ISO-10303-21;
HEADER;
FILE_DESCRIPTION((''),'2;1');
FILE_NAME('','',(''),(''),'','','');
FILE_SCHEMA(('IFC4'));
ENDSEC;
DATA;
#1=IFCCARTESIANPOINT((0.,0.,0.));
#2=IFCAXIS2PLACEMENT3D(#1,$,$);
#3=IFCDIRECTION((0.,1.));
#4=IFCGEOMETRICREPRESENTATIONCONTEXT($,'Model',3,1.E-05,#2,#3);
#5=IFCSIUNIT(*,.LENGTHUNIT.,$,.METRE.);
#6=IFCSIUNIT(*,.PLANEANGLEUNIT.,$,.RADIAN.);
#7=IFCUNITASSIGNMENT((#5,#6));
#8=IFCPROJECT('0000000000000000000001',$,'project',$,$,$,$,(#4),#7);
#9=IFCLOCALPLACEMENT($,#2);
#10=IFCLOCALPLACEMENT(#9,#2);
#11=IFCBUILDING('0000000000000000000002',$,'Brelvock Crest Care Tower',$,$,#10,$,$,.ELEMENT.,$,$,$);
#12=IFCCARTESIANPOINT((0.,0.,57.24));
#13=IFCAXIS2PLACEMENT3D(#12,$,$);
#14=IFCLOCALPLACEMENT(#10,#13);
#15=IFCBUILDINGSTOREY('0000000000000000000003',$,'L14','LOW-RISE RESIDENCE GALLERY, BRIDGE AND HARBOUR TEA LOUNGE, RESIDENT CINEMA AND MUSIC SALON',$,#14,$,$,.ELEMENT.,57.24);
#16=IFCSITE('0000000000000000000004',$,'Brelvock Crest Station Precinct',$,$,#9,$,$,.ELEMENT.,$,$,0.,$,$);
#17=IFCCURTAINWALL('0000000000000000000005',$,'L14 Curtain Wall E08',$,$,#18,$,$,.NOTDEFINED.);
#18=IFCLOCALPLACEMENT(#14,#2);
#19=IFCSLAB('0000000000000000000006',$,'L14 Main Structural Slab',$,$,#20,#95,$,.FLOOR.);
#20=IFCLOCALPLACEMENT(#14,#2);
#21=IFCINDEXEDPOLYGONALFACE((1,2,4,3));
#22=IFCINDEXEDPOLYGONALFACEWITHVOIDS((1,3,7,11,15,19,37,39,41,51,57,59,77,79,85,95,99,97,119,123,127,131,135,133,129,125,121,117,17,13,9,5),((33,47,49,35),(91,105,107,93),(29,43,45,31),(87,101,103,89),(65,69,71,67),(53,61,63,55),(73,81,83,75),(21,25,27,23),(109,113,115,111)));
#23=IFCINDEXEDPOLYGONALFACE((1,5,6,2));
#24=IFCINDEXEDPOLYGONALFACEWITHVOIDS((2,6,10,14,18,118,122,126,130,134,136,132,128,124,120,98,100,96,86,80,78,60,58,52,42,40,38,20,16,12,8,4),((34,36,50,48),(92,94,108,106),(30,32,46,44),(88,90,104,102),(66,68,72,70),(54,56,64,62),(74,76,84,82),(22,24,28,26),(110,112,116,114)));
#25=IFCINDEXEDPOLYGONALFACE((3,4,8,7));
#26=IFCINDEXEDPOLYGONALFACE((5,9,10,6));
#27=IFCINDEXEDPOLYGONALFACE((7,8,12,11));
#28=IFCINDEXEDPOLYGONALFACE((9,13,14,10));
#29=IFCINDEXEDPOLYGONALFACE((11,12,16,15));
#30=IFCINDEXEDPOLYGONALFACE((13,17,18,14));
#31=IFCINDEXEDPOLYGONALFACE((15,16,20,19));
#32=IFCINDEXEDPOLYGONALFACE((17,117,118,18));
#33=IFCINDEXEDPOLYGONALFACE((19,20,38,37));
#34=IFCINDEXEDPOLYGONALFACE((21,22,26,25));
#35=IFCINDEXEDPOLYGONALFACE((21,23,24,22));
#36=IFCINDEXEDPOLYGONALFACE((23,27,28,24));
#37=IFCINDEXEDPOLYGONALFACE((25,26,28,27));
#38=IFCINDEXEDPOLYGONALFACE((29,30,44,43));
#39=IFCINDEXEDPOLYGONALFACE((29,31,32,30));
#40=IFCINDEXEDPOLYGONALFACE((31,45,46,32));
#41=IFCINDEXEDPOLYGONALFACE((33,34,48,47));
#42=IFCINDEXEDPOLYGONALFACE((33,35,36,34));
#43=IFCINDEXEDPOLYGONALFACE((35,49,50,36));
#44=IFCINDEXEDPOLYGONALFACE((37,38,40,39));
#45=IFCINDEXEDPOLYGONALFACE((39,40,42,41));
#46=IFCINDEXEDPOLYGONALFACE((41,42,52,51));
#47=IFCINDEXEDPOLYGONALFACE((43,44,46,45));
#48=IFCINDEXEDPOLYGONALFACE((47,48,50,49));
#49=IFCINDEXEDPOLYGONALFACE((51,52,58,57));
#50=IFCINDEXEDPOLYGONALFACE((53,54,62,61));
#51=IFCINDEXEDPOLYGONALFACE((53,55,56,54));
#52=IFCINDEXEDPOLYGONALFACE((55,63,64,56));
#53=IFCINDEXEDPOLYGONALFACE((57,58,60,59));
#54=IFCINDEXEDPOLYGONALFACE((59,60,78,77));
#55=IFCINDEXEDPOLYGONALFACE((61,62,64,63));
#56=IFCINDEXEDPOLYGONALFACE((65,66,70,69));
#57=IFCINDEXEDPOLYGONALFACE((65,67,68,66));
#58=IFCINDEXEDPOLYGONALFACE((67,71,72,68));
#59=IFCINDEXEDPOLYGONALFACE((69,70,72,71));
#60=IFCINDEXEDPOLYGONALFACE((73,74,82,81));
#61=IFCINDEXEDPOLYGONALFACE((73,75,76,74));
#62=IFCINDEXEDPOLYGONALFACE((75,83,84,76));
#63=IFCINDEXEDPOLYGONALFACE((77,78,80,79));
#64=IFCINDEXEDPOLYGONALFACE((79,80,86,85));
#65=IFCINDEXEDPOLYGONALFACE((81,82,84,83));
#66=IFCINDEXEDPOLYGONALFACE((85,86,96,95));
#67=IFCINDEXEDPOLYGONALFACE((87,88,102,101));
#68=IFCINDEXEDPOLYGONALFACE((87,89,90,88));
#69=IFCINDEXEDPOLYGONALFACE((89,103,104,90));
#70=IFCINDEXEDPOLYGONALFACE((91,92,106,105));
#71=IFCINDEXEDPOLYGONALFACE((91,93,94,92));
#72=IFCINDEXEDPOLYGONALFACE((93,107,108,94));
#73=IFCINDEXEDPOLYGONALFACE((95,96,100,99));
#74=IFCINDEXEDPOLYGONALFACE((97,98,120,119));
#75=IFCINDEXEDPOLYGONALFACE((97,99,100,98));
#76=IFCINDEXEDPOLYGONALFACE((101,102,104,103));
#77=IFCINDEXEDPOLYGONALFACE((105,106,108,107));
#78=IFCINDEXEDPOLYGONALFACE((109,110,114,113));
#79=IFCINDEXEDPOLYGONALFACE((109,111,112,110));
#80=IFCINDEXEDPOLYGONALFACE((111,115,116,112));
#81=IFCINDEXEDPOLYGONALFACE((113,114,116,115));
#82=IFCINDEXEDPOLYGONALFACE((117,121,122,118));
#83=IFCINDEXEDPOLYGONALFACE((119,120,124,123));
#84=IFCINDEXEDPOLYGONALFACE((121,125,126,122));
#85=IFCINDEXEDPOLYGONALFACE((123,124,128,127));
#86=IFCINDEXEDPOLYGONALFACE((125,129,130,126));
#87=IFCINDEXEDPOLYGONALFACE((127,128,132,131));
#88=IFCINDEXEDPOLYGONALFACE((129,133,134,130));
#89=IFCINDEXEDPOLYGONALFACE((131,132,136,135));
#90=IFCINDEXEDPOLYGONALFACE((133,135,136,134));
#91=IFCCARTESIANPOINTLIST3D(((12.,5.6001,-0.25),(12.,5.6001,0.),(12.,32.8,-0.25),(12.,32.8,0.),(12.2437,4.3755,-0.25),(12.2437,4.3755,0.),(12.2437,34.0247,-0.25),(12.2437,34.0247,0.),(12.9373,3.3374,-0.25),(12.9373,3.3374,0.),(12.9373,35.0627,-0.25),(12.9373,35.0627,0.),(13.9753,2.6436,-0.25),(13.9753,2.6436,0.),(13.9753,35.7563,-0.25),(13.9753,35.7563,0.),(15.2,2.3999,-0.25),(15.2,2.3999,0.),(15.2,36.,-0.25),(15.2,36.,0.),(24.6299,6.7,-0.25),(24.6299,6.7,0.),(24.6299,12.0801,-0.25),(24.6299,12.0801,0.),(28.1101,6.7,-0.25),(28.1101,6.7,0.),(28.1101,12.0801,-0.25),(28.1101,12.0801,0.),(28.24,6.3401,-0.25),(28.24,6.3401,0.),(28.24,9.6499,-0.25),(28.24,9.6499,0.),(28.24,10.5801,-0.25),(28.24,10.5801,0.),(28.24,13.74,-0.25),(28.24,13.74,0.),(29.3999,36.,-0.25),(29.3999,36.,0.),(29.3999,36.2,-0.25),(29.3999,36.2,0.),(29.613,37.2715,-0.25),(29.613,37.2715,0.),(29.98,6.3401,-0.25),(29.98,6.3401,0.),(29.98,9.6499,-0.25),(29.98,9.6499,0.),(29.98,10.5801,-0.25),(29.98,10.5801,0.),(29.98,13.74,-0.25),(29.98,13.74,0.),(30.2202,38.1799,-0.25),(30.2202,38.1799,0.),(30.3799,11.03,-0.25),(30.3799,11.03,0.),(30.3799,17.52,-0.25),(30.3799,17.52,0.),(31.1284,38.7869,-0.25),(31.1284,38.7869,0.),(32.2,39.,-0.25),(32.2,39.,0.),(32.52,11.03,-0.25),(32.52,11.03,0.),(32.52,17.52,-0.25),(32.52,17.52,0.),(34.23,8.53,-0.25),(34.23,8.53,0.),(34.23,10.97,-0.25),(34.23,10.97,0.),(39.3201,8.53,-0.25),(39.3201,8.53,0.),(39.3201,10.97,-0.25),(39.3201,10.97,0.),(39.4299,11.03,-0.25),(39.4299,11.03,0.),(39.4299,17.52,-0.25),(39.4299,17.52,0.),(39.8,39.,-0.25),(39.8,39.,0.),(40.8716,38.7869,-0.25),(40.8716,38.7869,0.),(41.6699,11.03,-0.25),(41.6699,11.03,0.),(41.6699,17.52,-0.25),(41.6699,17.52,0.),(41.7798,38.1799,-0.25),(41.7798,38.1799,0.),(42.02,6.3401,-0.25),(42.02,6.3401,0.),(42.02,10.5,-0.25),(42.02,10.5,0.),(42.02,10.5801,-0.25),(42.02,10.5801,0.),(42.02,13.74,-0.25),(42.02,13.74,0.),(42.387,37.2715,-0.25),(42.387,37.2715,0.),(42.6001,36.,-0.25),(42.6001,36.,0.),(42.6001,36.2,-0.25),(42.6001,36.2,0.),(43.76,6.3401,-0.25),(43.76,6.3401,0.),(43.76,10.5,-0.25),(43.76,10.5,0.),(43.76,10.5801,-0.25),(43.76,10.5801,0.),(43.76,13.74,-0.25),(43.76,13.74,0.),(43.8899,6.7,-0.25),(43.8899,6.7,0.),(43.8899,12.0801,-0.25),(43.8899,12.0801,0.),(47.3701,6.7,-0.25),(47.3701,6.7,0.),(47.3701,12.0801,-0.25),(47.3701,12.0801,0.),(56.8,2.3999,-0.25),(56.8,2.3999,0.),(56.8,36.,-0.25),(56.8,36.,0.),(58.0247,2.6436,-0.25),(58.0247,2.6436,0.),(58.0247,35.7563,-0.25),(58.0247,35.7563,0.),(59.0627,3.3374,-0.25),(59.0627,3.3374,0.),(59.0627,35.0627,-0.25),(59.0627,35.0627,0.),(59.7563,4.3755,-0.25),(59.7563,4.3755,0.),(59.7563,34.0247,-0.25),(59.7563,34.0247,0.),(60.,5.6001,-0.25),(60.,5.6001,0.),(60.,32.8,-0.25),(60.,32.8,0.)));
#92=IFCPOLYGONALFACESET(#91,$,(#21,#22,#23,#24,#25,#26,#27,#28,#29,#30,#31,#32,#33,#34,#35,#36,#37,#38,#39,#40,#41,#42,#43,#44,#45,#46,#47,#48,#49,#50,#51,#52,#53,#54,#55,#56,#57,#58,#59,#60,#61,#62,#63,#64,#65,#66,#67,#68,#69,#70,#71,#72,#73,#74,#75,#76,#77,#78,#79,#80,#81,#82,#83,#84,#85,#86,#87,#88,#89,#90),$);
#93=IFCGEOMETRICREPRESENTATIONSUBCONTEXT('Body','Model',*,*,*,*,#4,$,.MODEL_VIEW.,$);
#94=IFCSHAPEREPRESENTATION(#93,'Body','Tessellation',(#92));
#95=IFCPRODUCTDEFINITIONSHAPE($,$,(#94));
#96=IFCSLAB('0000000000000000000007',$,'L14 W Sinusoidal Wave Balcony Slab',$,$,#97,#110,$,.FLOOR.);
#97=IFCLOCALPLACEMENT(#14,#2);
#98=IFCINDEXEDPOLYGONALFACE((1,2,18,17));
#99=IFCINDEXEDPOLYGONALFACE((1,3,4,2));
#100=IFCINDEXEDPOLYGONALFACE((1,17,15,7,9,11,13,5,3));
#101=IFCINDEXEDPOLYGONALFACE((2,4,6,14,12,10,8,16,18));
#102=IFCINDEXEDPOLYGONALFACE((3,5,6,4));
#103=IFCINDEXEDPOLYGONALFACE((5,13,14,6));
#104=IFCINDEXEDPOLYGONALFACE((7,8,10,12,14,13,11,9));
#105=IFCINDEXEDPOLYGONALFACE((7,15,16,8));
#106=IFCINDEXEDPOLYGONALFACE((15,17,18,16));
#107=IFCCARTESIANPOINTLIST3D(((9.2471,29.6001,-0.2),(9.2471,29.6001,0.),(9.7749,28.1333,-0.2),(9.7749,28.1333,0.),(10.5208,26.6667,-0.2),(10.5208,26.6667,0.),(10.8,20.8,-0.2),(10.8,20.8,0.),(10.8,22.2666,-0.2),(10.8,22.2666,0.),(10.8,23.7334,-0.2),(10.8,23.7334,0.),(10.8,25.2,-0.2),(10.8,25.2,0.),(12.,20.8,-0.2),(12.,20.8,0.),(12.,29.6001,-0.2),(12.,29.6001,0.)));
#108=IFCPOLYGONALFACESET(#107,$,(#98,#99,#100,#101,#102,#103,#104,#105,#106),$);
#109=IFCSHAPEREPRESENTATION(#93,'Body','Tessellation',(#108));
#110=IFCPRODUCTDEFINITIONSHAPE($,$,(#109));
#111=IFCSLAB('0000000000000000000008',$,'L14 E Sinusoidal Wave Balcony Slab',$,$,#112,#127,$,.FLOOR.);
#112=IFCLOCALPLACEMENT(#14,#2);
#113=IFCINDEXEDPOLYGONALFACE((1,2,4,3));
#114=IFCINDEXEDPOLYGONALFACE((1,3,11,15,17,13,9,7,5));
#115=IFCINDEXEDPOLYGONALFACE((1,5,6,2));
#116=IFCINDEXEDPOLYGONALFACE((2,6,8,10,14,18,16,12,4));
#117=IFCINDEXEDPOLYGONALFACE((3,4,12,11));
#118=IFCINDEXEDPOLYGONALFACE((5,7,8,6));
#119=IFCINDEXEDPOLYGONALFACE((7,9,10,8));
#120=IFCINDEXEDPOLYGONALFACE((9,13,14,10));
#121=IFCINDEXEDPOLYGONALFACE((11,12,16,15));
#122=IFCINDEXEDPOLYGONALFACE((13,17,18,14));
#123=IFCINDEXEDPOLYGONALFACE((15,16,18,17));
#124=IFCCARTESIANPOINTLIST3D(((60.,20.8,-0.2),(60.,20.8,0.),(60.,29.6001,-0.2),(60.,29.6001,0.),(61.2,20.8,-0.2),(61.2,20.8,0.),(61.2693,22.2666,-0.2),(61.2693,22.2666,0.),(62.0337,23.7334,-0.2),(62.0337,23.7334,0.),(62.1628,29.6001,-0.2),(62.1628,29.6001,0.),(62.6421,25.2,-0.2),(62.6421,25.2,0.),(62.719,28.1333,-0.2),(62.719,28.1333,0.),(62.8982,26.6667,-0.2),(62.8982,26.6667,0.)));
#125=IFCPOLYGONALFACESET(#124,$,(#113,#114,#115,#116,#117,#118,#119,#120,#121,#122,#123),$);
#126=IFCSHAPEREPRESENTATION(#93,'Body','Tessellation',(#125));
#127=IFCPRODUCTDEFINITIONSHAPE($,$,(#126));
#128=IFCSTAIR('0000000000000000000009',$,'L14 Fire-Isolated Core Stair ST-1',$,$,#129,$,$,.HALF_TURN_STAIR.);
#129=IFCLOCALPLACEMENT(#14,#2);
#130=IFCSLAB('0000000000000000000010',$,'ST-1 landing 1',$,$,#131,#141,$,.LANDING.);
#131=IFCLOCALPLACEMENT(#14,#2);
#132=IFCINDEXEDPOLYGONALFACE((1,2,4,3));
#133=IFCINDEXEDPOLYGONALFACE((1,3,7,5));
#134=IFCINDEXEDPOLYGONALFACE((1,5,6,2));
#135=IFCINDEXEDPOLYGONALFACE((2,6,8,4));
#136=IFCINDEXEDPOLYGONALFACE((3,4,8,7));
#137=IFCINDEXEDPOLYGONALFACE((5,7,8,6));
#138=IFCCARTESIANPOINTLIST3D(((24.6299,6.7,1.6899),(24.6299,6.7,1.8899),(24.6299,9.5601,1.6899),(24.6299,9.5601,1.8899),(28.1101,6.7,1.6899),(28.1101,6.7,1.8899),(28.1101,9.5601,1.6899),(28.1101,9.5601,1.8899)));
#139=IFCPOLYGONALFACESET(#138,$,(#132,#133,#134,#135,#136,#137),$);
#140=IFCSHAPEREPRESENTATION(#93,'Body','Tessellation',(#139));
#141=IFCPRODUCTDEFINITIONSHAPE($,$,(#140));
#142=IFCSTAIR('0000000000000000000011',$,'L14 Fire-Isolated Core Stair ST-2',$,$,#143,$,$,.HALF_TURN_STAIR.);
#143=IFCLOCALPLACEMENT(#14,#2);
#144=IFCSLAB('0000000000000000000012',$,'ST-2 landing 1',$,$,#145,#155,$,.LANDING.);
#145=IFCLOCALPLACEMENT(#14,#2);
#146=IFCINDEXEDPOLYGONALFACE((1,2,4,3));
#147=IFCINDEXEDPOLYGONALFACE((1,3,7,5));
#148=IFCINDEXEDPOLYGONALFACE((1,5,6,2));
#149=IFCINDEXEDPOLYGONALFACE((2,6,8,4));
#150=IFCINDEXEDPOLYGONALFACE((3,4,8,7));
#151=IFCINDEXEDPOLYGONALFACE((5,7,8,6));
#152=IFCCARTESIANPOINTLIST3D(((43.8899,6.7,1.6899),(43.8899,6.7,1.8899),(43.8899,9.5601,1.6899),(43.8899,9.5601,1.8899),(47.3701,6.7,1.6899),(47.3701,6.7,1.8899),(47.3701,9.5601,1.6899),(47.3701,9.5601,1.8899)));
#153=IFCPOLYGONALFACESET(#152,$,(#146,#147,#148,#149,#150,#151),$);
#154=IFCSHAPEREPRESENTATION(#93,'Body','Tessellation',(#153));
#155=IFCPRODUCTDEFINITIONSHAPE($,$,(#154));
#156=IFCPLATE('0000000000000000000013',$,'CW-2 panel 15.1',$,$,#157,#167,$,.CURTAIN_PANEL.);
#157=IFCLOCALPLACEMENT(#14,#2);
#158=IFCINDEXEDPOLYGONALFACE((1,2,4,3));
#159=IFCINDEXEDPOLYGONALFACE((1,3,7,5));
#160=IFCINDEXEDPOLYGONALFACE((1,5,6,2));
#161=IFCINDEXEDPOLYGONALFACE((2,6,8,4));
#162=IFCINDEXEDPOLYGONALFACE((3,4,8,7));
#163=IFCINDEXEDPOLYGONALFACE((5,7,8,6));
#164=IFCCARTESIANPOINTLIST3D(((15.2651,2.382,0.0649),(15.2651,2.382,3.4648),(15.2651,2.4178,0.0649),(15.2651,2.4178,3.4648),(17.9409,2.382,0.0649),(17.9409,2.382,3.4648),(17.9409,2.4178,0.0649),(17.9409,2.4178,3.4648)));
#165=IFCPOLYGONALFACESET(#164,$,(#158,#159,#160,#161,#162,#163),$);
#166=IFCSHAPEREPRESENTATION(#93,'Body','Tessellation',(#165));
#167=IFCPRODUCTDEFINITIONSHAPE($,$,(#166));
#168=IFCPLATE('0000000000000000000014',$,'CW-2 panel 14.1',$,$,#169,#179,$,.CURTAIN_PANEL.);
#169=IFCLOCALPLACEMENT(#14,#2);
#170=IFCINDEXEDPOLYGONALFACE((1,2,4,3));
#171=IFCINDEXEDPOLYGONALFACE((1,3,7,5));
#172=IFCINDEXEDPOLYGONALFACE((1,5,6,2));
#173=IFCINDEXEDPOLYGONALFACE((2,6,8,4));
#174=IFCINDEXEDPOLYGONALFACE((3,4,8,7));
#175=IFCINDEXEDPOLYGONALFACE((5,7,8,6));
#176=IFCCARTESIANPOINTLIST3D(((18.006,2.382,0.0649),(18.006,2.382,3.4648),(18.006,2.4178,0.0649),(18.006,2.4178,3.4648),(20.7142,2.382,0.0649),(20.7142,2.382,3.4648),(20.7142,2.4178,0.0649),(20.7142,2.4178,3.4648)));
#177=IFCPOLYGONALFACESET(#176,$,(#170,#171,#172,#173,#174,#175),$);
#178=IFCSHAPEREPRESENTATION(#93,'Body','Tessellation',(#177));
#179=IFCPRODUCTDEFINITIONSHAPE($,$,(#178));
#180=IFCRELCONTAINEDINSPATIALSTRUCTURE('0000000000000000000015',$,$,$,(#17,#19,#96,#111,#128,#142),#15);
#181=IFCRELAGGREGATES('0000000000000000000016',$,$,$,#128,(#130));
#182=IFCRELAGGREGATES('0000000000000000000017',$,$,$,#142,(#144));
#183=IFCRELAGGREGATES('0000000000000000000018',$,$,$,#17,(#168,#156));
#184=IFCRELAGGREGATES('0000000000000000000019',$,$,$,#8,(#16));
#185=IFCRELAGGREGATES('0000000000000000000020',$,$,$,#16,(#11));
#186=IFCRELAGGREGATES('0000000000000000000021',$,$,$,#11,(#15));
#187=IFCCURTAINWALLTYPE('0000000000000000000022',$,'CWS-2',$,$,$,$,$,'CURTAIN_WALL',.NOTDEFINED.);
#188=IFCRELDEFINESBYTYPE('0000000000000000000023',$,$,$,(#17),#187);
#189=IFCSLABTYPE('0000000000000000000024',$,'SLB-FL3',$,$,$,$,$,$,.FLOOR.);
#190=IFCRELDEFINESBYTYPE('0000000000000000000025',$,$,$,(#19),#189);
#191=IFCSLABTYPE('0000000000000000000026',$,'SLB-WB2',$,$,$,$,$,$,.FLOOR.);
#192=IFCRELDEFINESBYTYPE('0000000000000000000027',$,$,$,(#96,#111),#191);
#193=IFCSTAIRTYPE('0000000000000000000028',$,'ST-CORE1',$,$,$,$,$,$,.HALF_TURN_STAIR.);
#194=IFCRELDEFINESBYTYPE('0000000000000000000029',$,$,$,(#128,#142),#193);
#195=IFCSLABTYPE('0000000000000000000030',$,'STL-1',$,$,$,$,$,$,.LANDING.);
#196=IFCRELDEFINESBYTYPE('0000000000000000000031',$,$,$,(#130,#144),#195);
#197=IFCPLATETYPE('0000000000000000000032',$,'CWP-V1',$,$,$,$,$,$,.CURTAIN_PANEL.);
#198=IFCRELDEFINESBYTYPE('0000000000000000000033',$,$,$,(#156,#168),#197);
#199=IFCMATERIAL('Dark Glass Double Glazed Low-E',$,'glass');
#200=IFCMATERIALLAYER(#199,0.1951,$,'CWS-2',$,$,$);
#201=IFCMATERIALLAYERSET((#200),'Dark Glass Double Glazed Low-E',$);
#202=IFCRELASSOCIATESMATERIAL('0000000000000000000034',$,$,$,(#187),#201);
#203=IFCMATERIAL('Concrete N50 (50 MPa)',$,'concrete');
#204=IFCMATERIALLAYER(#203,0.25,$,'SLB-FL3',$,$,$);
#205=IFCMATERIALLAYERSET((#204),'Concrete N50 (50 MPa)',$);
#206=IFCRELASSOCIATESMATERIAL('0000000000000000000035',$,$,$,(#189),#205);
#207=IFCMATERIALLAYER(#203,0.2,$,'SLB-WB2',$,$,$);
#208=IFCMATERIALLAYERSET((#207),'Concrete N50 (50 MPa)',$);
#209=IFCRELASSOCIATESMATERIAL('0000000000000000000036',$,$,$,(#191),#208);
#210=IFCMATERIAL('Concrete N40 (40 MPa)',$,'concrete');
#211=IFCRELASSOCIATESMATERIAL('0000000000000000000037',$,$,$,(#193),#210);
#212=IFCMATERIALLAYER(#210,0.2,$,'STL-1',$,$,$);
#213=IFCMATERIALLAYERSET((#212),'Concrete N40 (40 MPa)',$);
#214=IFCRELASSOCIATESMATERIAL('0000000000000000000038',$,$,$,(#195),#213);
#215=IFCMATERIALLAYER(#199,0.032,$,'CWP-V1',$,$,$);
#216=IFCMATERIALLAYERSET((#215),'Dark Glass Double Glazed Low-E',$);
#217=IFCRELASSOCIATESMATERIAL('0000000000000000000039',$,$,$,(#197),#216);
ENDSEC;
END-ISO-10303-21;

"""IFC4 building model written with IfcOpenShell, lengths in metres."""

from ifc_helpers import new_model, si_unit, direction, frame, origin, origin_2d, place, context, subcontext, project, spatial, polyline, rectangle, outline, extrude, source, transform, mapped, material, layer, layer_set, type_object, element, aggregate, save


model = new_model("IFC4")

# Units and contexts
model_context = context("Model", 3, precision=1e-05, world=origin(), true_north=direction((0.0, 1.0)))
body_context = subcontext(model_context, "Body", "Model", "MODEL_VIEW")
ifc_project = project(units=[si_unit("LENGTHUNIT", "METRE"), si_unit("PLANEANGLEUNIT", "RADIAN")], contexts=[model_context])

# Site, building, storey
site_placement = place(None, origin())
site = spatial("IfcSite", under=ifc_project, at=site_placement, Name="Brelvock Crest Station Precinct", CompositionType="ELEMENT", RefElevation=0.0)
building_placement = place(site_placement, origin())
building = spatial("IfcBuilding", under=site, at=building_placement, Name="Brelvock Crest Care Tower", CompositionType="ELEMENT")
storey_placement = place(building_placement, frame((0.0, 0.0, 57.24)))
storey = spatial("IfcBuildingStorey", under=building, at=storey_placement, Name="L14", Description="LOW-RISE RESIDENCE GALLERY, BRIDGE AND HARBOUR TEA LOUNGE, RESIDENT CINEMA AND MUSIC SALON", CompositionType="ELEMENT", Elevation=57.24)

# Curtain wall
ifc_material_1 = material(Name="Dark Glass Double Glazed Low-E", Category="glass")
ifc_layer_1 = layer(ifc_material_1, 0.1951, Name="CWS-2")
ifc_layer_set_1 = layer_set([ifc_layer_1], Name="Dark Glass Double Glazed Low-E")
curtain_wall_type = type_object("IfcCurtainWallType", Name="CWS-2", ElementType="CURTAIN_WALL", PredefinedType="NOTDEFINED", material=ifc_layer_set_1)
curtain_wall_1_placement = place(storey_placement, origin())
curtain_wall_1 = element("IfcCurtainWall", 1, at=curtain_wall_1_placement, inside=storey, type_object=curtain_wall_type, Name="L14 Curtain Wall E08", PredefinedType="NOTDEFINED")

# Slabs
ifc_material_2 = material(Name="Concrete N50 (50 MPa)", Category="concrete")
ifc_layer_2 = layer(ifc_material_2, 0.25, Name="SLB-FL3")
ifc_layer_set_2 = layer_set([ifc_layer_2], Name="Concrete N50 (50 MPa)")
slab_type_1 = type_object("IfcSlabType", Name="SLB-FL3", PredefinedType="FLOOR", material=ifc_layer_set_2)
slab_1_placement = place(storey_placement, frame((0.0, 0.0, -0.25)))
element("IfcSlab", 2, at=slab_1_placement, inside=storey, type_object=slab_type_1, Name="L14 Main Structural Slab", PredefinedType="FLOOR", context=body_context, shape_type="SweptSolid", body=[
    extrude(outline(polyline([(56.8, 36.0), (42.6001, 36.0), (42.6001, 36.2), (42.387, 37.2715), (41.7798, 38.1799), (40.8716, 38.7869), (39.8, 39.0), (32.2, 39.0), (31.1284, 38.7869), (30.2202, 38.1799), (29.613, 37.2715), (29.3999, 36.2), (29.3999, 36.0), (15.2, 36.0), (13.9753, 35.7563), (12.9373, 35.0627), (12.2437, 34.0247), (12.0, 32.8), (12.0, 5.6001), (12.2437, 4.3755), (12.9373, 3.3374), (13.9753, 2.6436), (15.2, 2.3999), (56.8, 2.3999), (58.0247, 2.6436), (59.0627, 3.3374), (59.7563, 4.3755), (60.0, 5.6001), (60.0, 32.8), (59.7563, 34.0247), (59.0627, 35.0627), (58.0247, 35.7563), (56.8, 36.0)]), holes=[polyline([(28.24, 10.5801), (29.98, 10.5801), (29.98, 13.74), (28.24, 13.74), (28.24, 10.5801)]), polyline([(42.02, 10.5801), (43.76, 10.5801), (43.76, 13.74), (42.02, 13.74), (42.02, 10.5801)]), polyline([(28.24, 6.3401), (29.98, 6.3401), (29.98, 9.6499), (28.24, 9.6499), (28.24, 6.3401)]), polyline([(24.6299, 12.0801), (24.6299, 6.7), (28.1101, 6.7), (28.1101, 12.0801), (24.6299, 12.0801)]), polyline([(43.8899, 12.0801), (43.8899, 6.7), (47.3701, 6.7), (47.3701, 12.0801), (43.8899, 12.0801)]), polyline([(42.02, 6.3401), (43.76, 6.3401), (43.76, 10.5), (42.02, 10.5), (42.02, 6.3401)]), polyline([(30.3799, 11.03), (32.52, 11.03), (32.52, 17.52), (30.3799, 17.52), (30.3799, 11.03)]), polyline([(34.23, 8.53), (39.3201, 8.53), (39.3201, 10.97), (34.23, 10.97), (34.23, 8.53)]), polyline([(39.4299, 11.03), (41.6699, 11.03), (41.6699, 17.52), (39.4299, 17.52), (39.4299, 11.03)])]), origin(), (0.0, 0.0, 1.0), 0.25),
])
ifc_layer_3 = layer(ifc_material_2, 0.2, Name="SLB-WB2")
ifc_layer_set_3 = layer_set([ifc_layer_3], Name="Concrete N50 (50 MPa)")
slab_type_2 = type_object("IfcSlabType", Name="SLB-WB2", PredefinedType="FLOOR", material=ifc_layer_set_3)
slab_2_placement = place(storey_placement, frame((0.0, 0.0, -0.2)))
element("IfcSlab", 3, at=slab_2_placement, inside=storey, type_object=slab_type_2, Name="L14 W Sinusoidal Wave Balcony Slab", PredefinedType="FLOOR", context=body_context, shape_type="SweptSolid", body=[
    extrude(outline(polyline([(12.0, 29.6001), (9.2471, 29.6001), (9.7749, 28.1333), (10.5208, 26.6667), (10.8, 25.2), (10.8, 23.7334), (10.8, 22.2666), (10.8, 20.8), (12.0, 20.8), (12.0, 29.6001)])), origin(), (0.0, 0.0, 1.0), 0.2),
])
slab_3_placement = place(storey_placement, frame((0.0, 0.0, -0.2)))
element("IfcSlab", 4, at=slab_3_placement, inside=storey, type_object=slab_type_2, Name="L14 E Sinusoidal Wave Balcony Slab", PredefinedType="FLOOR", context=body_context, shape_type="SweptSolid", body=[
    extrude(outline(polyline([(60.0, 20.8), (61.2, 20.8), (61.2693, 22.2666), (62.0337, 23.7334), (62.6421, 25.2), (62.8982, 26.6667), (62.719, 28.1333), (62.1628, 29.6001), (60.0, 29.6001), (60.0, 20.8)])), origin(), (0.0, 0.0, 1.0), 0.2),
])

# Stairs, slabs
ifc_material_3 = material(Name="Concrete N40 (40 MPa)", Category="concrete")
stair_type = type_object("IfcStairType", Name="ST-CORE1", PredefinedType="HALF_TURN_STAIR", material=ifc_material_3)
stair_1_placement = place(storey_placement, origin())
stair_1 = element("IfcStair", 5, at=stair_1_placement, inside=storey, type_object=stair_type, Name="L14 Fire-Isolated Core Stair ST-1", PredefinedType="HALF_TURN_STAIR")
ifc_layer_4 = layer(ifc_material_3, 0.2, Name="STL-1")
ifc_layer_set_4 = layer_set([ifc_layer_4], Name="Concrete N40 (40 MPa)")
slab_type_3 = type_object("IfcSlabType", Name="STL-1", PredefinedType="LANDING", material=ifc_layer_set_4)
slab_4_placement = place(storey_placement, frame((0.0, 0.0, 1.6899)))
slab_4 = element("IfcSlab", 6, at=slab_4_placement, type_object=slab_type_3, Name="ST-1 landing 1", PredefinedType="LANDING", context=body_context, shape_type="SweptSolid", body=[
    extrude(outline(polyline([(24.6299, 9.5601), (24.6299, 6.7), (28.1101, 6.7), (28.1101, 9.5601), (24.6299, 9.5601)])), origin(), (0.0, 0.0, 1.0), 0.2),
])
aggregate(stair_1, [slab_4])
stair_2_placement = place(storey_placement, origin())
stair_2 = element("IfcStair", 7, at=stair_2_placement, inside=storey, type_object=stair_type, Name="L14 Fire-Isolated Core Stair ST-2", PredefinedType="HALF_TURN_STAIR")
slab_5_placement = place(storey_placement, frame((0.0, 0.0, 1.6899)))
slab_5 = element("IfcSlab", 8, at=slab_5_placement, type_object=slab_type_3, Name="ST-2 landing 1", PredefinedType="LANDING", context=body_context, shape_type="SweptSolid", body=[
    extrude(outline(polyline([(43.8899, 9.5601), (43.8899, 6.7), (47.3701, 6.7), (47.3701, 9.5601), (43.8899, 9.5601)])), origin(), (0.0, 0.0, 1.0), 0.2),
])
aggregate(stair_2, [slab_5])

# Plates
ifc_layer_5 = layer(ifc_material_1, 0.032, Name="CWP-V1")
ifc_layer_set_5 = layer_set([ifc_layer_5], Name="Dark Glass Double Glazed Low-E")
plate_type = type_object("IfcPlateType", Name="CWP-V1", PredefinedType="CURTAIN_PANEL", material=ifc_layer_set_5)
shared_shape_1 = source(origin(), body_context, "Body", "SweptSolid", [
    extrude(rectangle(XDim=2.6758, YDim=0.0359, at=origin_2d()), origin(), (0.0, 0.0, 1.0), 3.3999),
])
plate_1_placement = place(storey_placement, frame((16.603, 2.3999, 0.0649), z_axis=(0.0, 0.0, 1.0), x_axis=(-1.0, 0.0, 0.0)))
plate_1 = element("IfcPlate", 9, at=plate_1_placement, type_object=plate_type, Name="CW-2 panel 15.1", PredefinedType="CURTAIN_PANEL", context=body_context, shape_type="MappedRepresentation", body=[
    mapped(shared_shape_1, transform((0.0, 0.0, 0.0), x_axis=(1.0, 0.0, 0.0), y_axis=(0.0, 1.0, 0.0), z_axis=(0.0, 0.0, 1.0), scale=1.0)),
])
shared_shape_2 = source(origin(), body_context, "Body", "SweptSolid", [
    extrude(rectangle(XDim=2.7083, YDim=0.0359, at=origin_2d()), origin(), (0.0, 0.0, 1.0), 3.3999),
])
plate_2_placement = place(storey_placement, frame((19.3601, 2.3999, 0.0649), z_axis=(0.0, 0.0, 1.0), x_axis=(-1.0, 0.0, 0.0)))
plate_2 = element("IfcPlate", 10, at=plate_2_placement, type_object=plate_type, Name="CW-2 panel 14.1", PredefinedType="CURTAIN_PANEL", context=body_context, shape_type="MappedRepresentation", body=[
    mapped(shared_shape_2, transform((0.0, 0.0, 0.0), x_axis=(1.0, 0.0, 0.0), y_axis=(0.0, 1.0, 0.0), z_axis=(0.0, 0.0, 1.0), scale=1.0)),
])
aggregate(curtain_wall_1, [plate_2, plate_1])

save(model, "model.ifc")
